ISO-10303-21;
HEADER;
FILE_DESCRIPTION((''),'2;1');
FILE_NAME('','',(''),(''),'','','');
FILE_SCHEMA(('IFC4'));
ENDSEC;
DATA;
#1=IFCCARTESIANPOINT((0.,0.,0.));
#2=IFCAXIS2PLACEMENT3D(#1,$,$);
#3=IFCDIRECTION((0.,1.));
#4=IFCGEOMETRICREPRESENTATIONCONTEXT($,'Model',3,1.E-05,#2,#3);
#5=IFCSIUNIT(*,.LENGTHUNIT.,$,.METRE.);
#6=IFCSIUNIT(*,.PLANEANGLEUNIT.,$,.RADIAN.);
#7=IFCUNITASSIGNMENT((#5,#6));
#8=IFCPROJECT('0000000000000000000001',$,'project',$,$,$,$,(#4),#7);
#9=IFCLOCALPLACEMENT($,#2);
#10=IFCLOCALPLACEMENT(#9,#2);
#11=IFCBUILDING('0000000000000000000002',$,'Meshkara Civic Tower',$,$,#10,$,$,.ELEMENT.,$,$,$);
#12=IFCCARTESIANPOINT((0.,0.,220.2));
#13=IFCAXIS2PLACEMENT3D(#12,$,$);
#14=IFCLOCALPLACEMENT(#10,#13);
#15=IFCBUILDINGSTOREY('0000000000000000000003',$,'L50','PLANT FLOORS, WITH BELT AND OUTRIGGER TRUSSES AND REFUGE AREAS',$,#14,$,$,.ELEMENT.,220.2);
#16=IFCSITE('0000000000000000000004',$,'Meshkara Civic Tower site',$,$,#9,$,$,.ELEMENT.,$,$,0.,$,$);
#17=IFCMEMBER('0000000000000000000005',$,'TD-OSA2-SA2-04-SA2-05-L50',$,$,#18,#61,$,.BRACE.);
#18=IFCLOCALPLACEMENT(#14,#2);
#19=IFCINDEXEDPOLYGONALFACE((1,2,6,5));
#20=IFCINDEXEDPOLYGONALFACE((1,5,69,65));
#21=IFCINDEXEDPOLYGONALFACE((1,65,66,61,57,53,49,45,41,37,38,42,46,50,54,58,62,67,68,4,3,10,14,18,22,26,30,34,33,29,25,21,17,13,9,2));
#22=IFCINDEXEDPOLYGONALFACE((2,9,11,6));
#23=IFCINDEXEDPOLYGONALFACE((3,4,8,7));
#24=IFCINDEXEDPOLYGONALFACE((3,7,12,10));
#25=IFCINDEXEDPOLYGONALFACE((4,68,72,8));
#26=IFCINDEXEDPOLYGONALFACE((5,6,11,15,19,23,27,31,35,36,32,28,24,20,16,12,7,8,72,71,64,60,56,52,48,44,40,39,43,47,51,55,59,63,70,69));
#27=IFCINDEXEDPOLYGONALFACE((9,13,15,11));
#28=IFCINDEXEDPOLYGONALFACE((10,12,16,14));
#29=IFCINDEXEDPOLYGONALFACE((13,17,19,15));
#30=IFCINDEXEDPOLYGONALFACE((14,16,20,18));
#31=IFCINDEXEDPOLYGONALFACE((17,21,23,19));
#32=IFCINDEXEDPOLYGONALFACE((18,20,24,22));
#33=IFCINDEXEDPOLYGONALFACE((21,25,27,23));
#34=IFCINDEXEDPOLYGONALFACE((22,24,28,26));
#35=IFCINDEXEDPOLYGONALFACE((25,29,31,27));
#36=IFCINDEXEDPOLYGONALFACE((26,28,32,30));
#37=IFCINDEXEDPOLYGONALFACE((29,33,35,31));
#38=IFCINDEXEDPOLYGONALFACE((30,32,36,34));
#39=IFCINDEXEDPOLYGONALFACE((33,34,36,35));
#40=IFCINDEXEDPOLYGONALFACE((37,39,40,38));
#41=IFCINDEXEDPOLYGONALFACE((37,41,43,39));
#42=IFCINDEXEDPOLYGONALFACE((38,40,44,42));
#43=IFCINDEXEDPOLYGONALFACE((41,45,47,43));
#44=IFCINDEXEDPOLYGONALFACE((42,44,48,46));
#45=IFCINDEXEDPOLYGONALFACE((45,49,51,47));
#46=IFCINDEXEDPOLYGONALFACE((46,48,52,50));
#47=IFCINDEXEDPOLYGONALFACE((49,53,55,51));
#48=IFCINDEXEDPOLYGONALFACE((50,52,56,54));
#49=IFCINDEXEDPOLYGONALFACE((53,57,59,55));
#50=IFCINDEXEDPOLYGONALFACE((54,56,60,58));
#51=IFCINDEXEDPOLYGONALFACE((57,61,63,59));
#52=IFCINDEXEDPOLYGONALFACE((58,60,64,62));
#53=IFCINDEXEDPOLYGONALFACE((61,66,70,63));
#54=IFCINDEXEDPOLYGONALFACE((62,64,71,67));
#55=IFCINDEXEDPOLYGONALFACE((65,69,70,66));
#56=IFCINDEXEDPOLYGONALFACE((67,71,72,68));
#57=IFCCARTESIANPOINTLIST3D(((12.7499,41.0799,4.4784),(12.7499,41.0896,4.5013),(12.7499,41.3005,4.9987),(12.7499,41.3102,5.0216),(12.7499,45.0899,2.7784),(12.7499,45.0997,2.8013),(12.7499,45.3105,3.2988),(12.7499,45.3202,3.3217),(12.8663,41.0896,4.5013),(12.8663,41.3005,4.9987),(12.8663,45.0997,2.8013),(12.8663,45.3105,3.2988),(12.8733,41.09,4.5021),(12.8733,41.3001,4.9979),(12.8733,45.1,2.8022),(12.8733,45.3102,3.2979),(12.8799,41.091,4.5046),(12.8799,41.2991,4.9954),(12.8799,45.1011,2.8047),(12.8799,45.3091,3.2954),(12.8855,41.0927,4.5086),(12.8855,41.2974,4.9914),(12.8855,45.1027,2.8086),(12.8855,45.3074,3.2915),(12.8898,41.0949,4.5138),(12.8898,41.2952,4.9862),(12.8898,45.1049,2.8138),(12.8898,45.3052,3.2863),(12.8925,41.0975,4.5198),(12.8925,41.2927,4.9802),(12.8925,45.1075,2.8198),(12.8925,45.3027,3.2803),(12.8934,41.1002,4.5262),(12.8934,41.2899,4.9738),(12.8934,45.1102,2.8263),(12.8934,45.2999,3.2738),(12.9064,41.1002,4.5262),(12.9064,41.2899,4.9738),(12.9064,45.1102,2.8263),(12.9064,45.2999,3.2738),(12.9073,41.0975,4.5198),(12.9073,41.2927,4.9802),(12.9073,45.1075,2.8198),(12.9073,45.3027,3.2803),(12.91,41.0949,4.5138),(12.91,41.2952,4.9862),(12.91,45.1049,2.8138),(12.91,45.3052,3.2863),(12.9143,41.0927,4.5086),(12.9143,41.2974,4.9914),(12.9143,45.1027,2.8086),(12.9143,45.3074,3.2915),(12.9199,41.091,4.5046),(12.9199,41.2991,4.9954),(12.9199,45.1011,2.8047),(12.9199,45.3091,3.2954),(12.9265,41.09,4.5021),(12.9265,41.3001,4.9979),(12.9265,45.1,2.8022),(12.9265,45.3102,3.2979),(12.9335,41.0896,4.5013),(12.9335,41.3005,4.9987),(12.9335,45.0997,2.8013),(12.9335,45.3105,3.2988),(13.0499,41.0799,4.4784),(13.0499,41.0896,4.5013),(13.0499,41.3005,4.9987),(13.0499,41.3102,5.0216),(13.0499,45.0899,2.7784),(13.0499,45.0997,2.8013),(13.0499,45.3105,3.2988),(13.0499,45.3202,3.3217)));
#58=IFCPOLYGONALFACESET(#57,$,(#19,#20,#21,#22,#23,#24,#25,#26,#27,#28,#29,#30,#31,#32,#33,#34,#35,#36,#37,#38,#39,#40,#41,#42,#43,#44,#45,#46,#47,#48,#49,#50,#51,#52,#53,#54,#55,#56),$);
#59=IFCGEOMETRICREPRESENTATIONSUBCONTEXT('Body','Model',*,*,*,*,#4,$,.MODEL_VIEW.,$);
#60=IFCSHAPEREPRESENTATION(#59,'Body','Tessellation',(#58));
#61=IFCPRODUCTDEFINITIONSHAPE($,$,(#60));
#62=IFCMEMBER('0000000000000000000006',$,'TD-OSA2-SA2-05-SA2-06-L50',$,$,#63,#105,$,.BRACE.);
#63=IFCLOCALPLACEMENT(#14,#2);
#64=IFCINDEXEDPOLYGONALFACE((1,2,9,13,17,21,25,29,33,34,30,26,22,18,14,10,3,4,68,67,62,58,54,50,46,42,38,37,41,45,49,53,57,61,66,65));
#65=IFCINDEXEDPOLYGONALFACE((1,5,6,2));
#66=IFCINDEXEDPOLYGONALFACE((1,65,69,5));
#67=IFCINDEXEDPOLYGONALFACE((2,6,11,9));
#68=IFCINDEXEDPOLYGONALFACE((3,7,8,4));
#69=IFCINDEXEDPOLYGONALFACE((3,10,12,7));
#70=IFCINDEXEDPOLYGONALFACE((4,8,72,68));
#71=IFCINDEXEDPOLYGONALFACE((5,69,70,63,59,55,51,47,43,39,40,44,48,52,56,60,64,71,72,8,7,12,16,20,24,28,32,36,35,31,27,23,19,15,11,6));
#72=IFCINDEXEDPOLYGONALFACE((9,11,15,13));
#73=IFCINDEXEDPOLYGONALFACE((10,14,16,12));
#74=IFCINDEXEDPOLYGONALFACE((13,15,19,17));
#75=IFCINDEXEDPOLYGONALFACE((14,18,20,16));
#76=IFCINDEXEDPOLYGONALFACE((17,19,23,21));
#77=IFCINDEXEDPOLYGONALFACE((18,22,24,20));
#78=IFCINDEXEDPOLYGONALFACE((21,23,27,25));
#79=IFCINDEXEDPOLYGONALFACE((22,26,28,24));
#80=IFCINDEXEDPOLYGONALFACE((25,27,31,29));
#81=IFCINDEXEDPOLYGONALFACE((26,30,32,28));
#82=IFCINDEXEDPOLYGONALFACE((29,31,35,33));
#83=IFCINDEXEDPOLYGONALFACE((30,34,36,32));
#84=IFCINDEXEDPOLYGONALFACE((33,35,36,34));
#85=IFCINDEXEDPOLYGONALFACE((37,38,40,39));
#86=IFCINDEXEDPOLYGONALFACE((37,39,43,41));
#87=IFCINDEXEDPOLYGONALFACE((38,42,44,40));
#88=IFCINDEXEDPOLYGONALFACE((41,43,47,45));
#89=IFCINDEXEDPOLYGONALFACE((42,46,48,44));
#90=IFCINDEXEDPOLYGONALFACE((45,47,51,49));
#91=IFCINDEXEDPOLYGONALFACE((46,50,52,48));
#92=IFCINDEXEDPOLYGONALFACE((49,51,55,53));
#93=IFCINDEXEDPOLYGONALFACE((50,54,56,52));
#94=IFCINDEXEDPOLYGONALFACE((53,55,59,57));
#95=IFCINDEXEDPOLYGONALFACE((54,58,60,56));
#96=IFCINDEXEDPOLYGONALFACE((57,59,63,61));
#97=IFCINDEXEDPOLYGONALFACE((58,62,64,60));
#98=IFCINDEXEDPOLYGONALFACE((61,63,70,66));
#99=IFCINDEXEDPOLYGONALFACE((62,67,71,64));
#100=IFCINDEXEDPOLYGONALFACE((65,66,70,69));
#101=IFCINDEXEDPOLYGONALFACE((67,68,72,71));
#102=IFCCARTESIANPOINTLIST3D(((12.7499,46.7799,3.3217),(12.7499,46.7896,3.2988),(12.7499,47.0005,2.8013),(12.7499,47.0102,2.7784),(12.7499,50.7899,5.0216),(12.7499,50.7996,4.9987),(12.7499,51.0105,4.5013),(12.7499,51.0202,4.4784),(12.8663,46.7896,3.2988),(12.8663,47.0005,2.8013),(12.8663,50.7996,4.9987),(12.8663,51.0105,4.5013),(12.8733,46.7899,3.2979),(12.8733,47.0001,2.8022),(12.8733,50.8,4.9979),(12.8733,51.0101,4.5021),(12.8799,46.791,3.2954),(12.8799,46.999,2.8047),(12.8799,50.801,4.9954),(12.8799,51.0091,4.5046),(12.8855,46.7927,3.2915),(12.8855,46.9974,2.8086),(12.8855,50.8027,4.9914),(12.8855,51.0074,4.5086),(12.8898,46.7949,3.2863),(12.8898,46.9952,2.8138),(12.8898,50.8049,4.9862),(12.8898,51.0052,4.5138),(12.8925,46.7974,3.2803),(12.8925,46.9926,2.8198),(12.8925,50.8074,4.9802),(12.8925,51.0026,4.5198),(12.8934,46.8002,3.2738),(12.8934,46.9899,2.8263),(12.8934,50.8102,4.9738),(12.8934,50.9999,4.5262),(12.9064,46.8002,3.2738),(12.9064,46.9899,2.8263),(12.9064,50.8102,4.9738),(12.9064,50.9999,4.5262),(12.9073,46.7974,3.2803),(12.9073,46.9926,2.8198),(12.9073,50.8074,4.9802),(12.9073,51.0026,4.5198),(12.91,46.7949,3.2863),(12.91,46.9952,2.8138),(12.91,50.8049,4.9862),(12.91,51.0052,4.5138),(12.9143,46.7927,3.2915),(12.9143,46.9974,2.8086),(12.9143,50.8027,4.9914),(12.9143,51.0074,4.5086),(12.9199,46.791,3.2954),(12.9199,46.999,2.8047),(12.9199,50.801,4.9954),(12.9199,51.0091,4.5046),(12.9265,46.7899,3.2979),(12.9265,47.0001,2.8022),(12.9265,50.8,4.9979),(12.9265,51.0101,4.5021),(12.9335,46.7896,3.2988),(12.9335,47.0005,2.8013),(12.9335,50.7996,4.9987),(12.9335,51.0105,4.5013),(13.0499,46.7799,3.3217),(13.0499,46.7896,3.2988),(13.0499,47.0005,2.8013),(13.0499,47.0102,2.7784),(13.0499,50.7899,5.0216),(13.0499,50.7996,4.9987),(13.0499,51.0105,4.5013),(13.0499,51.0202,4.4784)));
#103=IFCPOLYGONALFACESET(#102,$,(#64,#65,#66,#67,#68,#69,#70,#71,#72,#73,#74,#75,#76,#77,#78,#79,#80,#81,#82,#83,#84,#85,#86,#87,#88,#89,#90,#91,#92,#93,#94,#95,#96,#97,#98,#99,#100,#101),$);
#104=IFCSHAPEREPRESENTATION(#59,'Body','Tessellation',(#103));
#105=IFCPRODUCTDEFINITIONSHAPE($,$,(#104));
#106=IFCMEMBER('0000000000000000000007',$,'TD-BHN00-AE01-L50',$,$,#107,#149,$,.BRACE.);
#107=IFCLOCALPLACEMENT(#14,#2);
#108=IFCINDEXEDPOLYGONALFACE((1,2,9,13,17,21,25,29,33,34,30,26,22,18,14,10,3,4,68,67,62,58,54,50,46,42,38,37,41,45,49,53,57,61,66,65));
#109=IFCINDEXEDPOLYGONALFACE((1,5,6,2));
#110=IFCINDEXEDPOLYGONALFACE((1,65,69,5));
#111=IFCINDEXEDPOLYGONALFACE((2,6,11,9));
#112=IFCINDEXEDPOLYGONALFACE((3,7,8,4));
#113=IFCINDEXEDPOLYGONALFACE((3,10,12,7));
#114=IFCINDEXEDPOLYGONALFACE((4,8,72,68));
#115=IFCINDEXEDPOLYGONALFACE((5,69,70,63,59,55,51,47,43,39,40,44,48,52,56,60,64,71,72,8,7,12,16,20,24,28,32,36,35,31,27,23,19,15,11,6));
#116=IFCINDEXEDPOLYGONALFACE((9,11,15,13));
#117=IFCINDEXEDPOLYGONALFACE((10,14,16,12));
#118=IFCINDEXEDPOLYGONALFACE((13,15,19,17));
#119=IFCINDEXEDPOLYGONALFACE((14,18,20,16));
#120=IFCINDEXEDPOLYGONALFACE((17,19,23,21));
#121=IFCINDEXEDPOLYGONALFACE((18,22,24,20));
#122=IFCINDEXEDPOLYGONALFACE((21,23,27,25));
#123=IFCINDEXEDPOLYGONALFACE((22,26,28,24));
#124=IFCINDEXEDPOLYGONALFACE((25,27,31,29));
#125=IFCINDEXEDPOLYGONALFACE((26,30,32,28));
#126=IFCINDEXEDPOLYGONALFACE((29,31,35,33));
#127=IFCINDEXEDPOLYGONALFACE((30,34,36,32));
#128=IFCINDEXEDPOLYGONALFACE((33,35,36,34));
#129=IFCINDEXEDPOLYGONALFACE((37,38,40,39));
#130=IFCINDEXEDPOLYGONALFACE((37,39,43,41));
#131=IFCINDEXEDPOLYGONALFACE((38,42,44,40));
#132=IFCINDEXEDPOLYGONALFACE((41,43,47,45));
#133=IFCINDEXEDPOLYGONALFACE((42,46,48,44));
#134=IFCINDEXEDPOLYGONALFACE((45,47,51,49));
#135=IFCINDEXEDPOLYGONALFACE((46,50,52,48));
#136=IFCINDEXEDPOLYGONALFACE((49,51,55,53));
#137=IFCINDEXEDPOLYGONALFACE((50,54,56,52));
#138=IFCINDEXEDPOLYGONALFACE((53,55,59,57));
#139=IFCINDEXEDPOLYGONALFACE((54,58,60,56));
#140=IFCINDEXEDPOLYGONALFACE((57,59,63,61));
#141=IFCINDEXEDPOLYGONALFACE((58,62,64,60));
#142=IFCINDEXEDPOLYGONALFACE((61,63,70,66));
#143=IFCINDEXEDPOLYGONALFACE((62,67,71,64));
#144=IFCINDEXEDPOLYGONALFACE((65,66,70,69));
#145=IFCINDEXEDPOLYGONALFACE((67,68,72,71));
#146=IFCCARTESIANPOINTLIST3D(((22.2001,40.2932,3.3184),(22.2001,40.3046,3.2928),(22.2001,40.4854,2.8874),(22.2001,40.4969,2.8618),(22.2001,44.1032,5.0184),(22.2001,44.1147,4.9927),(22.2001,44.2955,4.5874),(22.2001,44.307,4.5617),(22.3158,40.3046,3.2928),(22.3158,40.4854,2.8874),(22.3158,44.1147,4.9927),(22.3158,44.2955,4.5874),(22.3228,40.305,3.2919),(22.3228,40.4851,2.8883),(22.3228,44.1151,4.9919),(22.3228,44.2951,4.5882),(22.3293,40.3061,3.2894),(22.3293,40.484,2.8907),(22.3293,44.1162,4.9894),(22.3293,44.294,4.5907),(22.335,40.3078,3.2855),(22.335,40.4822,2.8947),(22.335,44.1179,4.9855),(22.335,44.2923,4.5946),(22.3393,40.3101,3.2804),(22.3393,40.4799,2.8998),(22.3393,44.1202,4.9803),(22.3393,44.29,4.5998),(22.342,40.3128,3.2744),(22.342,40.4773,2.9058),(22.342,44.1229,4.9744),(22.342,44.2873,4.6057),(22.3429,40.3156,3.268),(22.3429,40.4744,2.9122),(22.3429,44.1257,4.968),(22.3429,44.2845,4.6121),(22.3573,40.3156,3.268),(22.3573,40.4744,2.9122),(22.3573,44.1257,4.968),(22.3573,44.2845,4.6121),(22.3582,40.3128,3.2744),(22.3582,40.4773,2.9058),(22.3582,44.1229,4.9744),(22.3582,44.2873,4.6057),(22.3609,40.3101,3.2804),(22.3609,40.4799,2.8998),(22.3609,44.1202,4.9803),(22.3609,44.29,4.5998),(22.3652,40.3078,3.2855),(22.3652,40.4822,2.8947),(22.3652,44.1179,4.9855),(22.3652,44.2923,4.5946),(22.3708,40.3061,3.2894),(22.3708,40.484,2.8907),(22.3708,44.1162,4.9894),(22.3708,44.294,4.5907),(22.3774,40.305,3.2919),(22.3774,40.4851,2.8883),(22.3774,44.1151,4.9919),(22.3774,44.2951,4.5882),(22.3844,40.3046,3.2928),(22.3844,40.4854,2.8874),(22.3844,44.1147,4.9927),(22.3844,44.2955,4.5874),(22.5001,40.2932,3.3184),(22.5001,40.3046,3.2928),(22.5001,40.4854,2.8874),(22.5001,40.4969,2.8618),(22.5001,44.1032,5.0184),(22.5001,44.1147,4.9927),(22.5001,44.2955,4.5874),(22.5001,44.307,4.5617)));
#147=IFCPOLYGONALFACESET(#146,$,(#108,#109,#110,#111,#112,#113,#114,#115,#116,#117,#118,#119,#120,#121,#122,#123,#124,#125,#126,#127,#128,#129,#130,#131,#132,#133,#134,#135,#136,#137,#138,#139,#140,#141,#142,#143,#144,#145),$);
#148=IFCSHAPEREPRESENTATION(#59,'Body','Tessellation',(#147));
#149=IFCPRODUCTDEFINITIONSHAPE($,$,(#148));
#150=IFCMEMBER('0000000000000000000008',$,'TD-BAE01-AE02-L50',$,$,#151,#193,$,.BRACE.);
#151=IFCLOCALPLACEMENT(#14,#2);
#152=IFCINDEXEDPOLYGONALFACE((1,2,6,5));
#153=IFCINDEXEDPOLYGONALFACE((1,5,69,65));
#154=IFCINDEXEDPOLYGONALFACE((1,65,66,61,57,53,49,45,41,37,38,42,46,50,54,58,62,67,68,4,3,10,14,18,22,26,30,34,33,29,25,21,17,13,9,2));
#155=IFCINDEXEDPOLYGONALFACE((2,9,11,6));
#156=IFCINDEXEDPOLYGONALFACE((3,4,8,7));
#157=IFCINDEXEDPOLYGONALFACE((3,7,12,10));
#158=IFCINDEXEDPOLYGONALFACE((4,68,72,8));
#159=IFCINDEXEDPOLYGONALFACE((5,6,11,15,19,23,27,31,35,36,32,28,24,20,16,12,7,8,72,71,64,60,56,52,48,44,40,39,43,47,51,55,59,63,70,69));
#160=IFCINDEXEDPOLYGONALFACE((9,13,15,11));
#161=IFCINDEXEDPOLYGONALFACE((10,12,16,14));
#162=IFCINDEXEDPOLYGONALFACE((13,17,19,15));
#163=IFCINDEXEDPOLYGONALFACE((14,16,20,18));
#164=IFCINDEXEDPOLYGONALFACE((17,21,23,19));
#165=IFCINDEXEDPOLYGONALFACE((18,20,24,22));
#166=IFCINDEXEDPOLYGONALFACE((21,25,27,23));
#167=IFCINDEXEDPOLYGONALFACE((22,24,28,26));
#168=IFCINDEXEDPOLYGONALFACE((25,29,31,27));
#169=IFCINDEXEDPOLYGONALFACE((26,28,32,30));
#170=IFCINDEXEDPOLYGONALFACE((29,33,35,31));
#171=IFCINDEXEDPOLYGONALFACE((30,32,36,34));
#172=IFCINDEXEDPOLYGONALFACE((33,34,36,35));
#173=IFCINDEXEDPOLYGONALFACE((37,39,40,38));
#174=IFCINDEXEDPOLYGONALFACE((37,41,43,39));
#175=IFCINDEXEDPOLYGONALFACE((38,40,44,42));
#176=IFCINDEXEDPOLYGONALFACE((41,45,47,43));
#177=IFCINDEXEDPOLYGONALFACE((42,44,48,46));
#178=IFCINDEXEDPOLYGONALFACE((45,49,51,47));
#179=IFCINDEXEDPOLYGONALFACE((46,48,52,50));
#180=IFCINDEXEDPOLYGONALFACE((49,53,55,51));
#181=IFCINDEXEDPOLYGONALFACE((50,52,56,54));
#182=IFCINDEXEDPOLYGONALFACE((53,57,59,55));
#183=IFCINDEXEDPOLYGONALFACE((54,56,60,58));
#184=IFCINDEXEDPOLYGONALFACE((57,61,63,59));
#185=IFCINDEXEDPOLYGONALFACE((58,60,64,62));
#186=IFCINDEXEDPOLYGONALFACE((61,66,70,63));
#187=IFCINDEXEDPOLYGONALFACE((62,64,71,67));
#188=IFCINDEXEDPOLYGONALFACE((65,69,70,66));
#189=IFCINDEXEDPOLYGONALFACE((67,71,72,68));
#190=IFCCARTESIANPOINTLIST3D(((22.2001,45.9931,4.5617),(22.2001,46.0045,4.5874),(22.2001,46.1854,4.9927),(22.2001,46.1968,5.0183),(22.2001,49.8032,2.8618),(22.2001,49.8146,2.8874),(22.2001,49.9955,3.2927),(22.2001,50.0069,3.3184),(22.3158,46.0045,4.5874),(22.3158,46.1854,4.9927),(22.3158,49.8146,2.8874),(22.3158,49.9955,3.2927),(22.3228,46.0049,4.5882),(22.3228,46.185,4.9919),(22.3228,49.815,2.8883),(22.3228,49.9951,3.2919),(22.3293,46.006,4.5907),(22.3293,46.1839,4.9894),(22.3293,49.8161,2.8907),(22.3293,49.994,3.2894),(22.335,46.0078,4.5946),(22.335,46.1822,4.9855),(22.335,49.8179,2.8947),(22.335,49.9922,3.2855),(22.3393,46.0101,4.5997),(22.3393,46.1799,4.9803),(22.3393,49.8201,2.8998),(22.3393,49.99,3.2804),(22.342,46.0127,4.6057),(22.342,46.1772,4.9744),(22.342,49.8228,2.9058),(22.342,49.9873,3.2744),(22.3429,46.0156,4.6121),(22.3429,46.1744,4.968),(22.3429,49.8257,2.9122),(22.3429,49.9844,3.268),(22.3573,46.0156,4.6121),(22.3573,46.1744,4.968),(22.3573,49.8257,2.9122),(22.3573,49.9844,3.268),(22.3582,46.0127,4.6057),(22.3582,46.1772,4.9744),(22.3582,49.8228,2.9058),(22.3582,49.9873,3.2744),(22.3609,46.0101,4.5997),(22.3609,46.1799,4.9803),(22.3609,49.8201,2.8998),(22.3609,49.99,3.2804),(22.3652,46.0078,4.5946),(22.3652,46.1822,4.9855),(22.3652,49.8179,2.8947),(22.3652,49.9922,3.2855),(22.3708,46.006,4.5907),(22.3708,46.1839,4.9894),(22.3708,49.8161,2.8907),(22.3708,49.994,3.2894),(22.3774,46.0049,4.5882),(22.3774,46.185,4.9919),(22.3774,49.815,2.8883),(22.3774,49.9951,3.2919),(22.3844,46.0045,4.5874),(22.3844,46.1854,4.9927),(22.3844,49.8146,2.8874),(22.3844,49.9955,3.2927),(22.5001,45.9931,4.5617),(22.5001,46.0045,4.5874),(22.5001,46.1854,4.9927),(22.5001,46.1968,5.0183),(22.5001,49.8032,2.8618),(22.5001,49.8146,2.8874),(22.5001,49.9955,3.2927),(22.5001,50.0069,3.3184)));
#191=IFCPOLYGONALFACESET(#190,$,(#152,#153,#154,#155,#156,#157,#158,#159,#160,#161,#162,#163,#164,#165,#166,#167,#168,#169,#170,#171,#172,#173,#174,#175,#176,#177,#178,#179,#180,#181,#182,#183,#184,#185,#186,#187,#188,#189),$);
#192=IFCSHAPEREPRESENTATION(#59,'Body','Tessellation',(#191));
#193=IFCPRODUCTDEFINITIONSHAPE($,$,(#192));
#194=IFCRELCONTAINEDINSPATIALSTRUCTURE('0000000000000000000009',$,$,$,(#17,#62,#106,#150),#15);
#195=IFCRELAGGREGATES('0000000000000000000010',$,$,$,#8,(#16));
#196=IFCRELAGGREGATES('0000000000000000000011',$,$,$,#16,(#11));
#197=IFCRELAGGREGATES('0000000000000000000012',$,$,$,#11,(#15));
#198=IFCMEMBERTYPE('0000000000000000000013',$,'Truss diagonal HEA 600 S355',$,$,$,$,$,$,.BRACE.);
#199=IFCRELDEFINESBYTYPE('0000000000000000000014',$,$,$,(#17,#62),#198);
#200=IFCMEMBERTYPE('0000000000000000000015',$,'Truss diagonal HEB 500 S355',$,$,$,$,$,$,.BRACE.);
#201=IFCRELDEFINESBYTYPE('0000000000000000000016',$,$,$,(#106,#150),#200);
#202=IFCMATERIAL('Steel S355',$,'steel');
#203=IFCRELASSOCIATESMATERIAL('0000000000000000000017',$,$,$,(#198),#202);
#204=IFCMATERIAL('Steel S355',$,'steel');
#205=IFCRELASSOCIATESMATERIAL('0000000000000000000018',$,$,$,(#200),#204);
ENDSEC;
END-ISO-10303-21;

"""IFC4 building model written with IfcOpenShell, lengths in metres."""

from ifc_helpers import new_model, si_unit, direction, frame, origin, origin_2d, place, context, subcontext, project, spatial, i_section, extrude, material, material_profile, profile_set, type_object, element, save


model = new_model("IFC4")

# Units and contexts
model_context = context("Model", 3, precision=1e-05, world=origin(), true_north=direction((0.0, 1.0)))
body_context = subcontext(model_context, "Body", "Model", "MODEL_VIEW")
ifc_project = project(units=[si_unit("LENGTHUNIT", "METRE"), si_unit("PLANEANGLEUNIT", "RADIAN")], contexts=[model_context])

# Site, building, storey
site_placement = place(None, origin())
site = spatial("IfcSite", under=ifc_project, at=site_placement, Name="Meshkara Civic Tower site", CompositionType="ELEMENT", RefElevation=0.0)
building_placement = place(site_placement, origin())
building = spatial("IfcBuilding", under=site, at=building_placement, Name="Meshkara Civic Tower", CompositionType="ELEMENT")
storey_placement = place(building_placement, frame((0.0, 0.0, 220.2)))
storey = spatial("IfcBuildingStorey", under=building, at=storey_placement, Name="L50", Description="PLANT FLOORS, WITH BELT AND OUTRIGGER TRUSSES AND REFUGE AREAS", CompositionType="ELEMENT", Elevation=220.2)

# Members
ifc_material_1 = material(Name="Steel S355", Category="steel")
ifc_material_profile_1 = material_profile(ifc_material_1, i_section(OverallWidth=0.3, OverallDepth=0.5901, WebThickness=0.0129, FlangeThickness=0.0249, FilletRadius=0.0271, at=origin_2d()))
ifc_profile_set_1 = profile_set([ifc_material_profile_1], Name="Steel S355")
member_type_1 = type_object("IfcMemberType", Name="Truss diagonal HEA 600 S355", PredefinedType="BRACE", material=ifc_profile_set_1)
for number, where, z_axis, x_axis, name in (
    (1, (12.8999, 41.1951, 4.75), (0.0, 0.920686, -0.390304), (-1.0, 0.0, 0.0), "TD-OSA2-SA2-04-SA2-05-L50"),
    (2, (12.8999, 46.895, 3.05), (0.0, 0.920686, 0.390304), (-1.0, 0.0, 0.0), "TD-OSA2-SA2-05-SA2-06-L50"),
):
    element("IfcMember", number, at=place(storey_placement, frame(where, z_axis=z_axis, x_axis=x_axis)), inside=storey, type_object=member_type_1, Name=name, PredefinedType="BRACE", context=body_context, shape_type="SweptSolid", body=[
        extrude(i_section(OverallWidth=0.3, OverallDepth=0.5901, WebThickness=0.0129, FlangeThickness=0.0249, FilletRadius=0.0271, at=origin_2d()), origin(), (0.0, 0.0, 1.0), 4.3555),
    ])
ifc_material_2 = material(Name="Steel S355", Category="steel")
ifc_material_profile_2 = material_profile(ifc_material_2, i_section(OverallWidth=0.3, OverallDepth=0.5, WebThickness=0.0144, FlangeThickness=0.0281, FilletRadius=0.0271, at=origin_2d()))
ifc_profile_set_2 = profile_set([ifc_material_profile_2], Name="Steel S355")
member_type_2 = type_object("IfcMemberType", Name="Truss diagonal HEB 500 S355", PredefinedType="BRACE", material=ifc_profile_set_2)
for number, where, z_axis, x_axis, name in (
    (3, (22.3501, 40.395, 3.0901), (0.0, 0.913224, 0.407457), (-1.0, 0.0, 0.0), "TD-BHN00-AE01-L50"),
    (4, (22.3501, 46.095, 4.79), (0.0, 0.913224, -0.407457), (-1.0, 0.0, 0.0), "TD-BAE01-AE02-L50"),
):
    element("IfcMember", number, at=place(storey_placement, frame(where, z_axis=z_axis, x_axis=x_axis)), inside=storey, type_object=member_type_2, Name=name, PredefinedType="BRACE", context=body_context, shape_type="SweptSolid", body=[
        extrude(i_section(OverallWidth=0.3, OverallDepth=0.5, WebThickness=0.0144, FlangeThickness=0.0281, FilletRadius=0.0271, at=origin_2d()), origin(), (0.0, 0.0, 1.0), 4.1721),
    ])

save(model, "model.ifc")
